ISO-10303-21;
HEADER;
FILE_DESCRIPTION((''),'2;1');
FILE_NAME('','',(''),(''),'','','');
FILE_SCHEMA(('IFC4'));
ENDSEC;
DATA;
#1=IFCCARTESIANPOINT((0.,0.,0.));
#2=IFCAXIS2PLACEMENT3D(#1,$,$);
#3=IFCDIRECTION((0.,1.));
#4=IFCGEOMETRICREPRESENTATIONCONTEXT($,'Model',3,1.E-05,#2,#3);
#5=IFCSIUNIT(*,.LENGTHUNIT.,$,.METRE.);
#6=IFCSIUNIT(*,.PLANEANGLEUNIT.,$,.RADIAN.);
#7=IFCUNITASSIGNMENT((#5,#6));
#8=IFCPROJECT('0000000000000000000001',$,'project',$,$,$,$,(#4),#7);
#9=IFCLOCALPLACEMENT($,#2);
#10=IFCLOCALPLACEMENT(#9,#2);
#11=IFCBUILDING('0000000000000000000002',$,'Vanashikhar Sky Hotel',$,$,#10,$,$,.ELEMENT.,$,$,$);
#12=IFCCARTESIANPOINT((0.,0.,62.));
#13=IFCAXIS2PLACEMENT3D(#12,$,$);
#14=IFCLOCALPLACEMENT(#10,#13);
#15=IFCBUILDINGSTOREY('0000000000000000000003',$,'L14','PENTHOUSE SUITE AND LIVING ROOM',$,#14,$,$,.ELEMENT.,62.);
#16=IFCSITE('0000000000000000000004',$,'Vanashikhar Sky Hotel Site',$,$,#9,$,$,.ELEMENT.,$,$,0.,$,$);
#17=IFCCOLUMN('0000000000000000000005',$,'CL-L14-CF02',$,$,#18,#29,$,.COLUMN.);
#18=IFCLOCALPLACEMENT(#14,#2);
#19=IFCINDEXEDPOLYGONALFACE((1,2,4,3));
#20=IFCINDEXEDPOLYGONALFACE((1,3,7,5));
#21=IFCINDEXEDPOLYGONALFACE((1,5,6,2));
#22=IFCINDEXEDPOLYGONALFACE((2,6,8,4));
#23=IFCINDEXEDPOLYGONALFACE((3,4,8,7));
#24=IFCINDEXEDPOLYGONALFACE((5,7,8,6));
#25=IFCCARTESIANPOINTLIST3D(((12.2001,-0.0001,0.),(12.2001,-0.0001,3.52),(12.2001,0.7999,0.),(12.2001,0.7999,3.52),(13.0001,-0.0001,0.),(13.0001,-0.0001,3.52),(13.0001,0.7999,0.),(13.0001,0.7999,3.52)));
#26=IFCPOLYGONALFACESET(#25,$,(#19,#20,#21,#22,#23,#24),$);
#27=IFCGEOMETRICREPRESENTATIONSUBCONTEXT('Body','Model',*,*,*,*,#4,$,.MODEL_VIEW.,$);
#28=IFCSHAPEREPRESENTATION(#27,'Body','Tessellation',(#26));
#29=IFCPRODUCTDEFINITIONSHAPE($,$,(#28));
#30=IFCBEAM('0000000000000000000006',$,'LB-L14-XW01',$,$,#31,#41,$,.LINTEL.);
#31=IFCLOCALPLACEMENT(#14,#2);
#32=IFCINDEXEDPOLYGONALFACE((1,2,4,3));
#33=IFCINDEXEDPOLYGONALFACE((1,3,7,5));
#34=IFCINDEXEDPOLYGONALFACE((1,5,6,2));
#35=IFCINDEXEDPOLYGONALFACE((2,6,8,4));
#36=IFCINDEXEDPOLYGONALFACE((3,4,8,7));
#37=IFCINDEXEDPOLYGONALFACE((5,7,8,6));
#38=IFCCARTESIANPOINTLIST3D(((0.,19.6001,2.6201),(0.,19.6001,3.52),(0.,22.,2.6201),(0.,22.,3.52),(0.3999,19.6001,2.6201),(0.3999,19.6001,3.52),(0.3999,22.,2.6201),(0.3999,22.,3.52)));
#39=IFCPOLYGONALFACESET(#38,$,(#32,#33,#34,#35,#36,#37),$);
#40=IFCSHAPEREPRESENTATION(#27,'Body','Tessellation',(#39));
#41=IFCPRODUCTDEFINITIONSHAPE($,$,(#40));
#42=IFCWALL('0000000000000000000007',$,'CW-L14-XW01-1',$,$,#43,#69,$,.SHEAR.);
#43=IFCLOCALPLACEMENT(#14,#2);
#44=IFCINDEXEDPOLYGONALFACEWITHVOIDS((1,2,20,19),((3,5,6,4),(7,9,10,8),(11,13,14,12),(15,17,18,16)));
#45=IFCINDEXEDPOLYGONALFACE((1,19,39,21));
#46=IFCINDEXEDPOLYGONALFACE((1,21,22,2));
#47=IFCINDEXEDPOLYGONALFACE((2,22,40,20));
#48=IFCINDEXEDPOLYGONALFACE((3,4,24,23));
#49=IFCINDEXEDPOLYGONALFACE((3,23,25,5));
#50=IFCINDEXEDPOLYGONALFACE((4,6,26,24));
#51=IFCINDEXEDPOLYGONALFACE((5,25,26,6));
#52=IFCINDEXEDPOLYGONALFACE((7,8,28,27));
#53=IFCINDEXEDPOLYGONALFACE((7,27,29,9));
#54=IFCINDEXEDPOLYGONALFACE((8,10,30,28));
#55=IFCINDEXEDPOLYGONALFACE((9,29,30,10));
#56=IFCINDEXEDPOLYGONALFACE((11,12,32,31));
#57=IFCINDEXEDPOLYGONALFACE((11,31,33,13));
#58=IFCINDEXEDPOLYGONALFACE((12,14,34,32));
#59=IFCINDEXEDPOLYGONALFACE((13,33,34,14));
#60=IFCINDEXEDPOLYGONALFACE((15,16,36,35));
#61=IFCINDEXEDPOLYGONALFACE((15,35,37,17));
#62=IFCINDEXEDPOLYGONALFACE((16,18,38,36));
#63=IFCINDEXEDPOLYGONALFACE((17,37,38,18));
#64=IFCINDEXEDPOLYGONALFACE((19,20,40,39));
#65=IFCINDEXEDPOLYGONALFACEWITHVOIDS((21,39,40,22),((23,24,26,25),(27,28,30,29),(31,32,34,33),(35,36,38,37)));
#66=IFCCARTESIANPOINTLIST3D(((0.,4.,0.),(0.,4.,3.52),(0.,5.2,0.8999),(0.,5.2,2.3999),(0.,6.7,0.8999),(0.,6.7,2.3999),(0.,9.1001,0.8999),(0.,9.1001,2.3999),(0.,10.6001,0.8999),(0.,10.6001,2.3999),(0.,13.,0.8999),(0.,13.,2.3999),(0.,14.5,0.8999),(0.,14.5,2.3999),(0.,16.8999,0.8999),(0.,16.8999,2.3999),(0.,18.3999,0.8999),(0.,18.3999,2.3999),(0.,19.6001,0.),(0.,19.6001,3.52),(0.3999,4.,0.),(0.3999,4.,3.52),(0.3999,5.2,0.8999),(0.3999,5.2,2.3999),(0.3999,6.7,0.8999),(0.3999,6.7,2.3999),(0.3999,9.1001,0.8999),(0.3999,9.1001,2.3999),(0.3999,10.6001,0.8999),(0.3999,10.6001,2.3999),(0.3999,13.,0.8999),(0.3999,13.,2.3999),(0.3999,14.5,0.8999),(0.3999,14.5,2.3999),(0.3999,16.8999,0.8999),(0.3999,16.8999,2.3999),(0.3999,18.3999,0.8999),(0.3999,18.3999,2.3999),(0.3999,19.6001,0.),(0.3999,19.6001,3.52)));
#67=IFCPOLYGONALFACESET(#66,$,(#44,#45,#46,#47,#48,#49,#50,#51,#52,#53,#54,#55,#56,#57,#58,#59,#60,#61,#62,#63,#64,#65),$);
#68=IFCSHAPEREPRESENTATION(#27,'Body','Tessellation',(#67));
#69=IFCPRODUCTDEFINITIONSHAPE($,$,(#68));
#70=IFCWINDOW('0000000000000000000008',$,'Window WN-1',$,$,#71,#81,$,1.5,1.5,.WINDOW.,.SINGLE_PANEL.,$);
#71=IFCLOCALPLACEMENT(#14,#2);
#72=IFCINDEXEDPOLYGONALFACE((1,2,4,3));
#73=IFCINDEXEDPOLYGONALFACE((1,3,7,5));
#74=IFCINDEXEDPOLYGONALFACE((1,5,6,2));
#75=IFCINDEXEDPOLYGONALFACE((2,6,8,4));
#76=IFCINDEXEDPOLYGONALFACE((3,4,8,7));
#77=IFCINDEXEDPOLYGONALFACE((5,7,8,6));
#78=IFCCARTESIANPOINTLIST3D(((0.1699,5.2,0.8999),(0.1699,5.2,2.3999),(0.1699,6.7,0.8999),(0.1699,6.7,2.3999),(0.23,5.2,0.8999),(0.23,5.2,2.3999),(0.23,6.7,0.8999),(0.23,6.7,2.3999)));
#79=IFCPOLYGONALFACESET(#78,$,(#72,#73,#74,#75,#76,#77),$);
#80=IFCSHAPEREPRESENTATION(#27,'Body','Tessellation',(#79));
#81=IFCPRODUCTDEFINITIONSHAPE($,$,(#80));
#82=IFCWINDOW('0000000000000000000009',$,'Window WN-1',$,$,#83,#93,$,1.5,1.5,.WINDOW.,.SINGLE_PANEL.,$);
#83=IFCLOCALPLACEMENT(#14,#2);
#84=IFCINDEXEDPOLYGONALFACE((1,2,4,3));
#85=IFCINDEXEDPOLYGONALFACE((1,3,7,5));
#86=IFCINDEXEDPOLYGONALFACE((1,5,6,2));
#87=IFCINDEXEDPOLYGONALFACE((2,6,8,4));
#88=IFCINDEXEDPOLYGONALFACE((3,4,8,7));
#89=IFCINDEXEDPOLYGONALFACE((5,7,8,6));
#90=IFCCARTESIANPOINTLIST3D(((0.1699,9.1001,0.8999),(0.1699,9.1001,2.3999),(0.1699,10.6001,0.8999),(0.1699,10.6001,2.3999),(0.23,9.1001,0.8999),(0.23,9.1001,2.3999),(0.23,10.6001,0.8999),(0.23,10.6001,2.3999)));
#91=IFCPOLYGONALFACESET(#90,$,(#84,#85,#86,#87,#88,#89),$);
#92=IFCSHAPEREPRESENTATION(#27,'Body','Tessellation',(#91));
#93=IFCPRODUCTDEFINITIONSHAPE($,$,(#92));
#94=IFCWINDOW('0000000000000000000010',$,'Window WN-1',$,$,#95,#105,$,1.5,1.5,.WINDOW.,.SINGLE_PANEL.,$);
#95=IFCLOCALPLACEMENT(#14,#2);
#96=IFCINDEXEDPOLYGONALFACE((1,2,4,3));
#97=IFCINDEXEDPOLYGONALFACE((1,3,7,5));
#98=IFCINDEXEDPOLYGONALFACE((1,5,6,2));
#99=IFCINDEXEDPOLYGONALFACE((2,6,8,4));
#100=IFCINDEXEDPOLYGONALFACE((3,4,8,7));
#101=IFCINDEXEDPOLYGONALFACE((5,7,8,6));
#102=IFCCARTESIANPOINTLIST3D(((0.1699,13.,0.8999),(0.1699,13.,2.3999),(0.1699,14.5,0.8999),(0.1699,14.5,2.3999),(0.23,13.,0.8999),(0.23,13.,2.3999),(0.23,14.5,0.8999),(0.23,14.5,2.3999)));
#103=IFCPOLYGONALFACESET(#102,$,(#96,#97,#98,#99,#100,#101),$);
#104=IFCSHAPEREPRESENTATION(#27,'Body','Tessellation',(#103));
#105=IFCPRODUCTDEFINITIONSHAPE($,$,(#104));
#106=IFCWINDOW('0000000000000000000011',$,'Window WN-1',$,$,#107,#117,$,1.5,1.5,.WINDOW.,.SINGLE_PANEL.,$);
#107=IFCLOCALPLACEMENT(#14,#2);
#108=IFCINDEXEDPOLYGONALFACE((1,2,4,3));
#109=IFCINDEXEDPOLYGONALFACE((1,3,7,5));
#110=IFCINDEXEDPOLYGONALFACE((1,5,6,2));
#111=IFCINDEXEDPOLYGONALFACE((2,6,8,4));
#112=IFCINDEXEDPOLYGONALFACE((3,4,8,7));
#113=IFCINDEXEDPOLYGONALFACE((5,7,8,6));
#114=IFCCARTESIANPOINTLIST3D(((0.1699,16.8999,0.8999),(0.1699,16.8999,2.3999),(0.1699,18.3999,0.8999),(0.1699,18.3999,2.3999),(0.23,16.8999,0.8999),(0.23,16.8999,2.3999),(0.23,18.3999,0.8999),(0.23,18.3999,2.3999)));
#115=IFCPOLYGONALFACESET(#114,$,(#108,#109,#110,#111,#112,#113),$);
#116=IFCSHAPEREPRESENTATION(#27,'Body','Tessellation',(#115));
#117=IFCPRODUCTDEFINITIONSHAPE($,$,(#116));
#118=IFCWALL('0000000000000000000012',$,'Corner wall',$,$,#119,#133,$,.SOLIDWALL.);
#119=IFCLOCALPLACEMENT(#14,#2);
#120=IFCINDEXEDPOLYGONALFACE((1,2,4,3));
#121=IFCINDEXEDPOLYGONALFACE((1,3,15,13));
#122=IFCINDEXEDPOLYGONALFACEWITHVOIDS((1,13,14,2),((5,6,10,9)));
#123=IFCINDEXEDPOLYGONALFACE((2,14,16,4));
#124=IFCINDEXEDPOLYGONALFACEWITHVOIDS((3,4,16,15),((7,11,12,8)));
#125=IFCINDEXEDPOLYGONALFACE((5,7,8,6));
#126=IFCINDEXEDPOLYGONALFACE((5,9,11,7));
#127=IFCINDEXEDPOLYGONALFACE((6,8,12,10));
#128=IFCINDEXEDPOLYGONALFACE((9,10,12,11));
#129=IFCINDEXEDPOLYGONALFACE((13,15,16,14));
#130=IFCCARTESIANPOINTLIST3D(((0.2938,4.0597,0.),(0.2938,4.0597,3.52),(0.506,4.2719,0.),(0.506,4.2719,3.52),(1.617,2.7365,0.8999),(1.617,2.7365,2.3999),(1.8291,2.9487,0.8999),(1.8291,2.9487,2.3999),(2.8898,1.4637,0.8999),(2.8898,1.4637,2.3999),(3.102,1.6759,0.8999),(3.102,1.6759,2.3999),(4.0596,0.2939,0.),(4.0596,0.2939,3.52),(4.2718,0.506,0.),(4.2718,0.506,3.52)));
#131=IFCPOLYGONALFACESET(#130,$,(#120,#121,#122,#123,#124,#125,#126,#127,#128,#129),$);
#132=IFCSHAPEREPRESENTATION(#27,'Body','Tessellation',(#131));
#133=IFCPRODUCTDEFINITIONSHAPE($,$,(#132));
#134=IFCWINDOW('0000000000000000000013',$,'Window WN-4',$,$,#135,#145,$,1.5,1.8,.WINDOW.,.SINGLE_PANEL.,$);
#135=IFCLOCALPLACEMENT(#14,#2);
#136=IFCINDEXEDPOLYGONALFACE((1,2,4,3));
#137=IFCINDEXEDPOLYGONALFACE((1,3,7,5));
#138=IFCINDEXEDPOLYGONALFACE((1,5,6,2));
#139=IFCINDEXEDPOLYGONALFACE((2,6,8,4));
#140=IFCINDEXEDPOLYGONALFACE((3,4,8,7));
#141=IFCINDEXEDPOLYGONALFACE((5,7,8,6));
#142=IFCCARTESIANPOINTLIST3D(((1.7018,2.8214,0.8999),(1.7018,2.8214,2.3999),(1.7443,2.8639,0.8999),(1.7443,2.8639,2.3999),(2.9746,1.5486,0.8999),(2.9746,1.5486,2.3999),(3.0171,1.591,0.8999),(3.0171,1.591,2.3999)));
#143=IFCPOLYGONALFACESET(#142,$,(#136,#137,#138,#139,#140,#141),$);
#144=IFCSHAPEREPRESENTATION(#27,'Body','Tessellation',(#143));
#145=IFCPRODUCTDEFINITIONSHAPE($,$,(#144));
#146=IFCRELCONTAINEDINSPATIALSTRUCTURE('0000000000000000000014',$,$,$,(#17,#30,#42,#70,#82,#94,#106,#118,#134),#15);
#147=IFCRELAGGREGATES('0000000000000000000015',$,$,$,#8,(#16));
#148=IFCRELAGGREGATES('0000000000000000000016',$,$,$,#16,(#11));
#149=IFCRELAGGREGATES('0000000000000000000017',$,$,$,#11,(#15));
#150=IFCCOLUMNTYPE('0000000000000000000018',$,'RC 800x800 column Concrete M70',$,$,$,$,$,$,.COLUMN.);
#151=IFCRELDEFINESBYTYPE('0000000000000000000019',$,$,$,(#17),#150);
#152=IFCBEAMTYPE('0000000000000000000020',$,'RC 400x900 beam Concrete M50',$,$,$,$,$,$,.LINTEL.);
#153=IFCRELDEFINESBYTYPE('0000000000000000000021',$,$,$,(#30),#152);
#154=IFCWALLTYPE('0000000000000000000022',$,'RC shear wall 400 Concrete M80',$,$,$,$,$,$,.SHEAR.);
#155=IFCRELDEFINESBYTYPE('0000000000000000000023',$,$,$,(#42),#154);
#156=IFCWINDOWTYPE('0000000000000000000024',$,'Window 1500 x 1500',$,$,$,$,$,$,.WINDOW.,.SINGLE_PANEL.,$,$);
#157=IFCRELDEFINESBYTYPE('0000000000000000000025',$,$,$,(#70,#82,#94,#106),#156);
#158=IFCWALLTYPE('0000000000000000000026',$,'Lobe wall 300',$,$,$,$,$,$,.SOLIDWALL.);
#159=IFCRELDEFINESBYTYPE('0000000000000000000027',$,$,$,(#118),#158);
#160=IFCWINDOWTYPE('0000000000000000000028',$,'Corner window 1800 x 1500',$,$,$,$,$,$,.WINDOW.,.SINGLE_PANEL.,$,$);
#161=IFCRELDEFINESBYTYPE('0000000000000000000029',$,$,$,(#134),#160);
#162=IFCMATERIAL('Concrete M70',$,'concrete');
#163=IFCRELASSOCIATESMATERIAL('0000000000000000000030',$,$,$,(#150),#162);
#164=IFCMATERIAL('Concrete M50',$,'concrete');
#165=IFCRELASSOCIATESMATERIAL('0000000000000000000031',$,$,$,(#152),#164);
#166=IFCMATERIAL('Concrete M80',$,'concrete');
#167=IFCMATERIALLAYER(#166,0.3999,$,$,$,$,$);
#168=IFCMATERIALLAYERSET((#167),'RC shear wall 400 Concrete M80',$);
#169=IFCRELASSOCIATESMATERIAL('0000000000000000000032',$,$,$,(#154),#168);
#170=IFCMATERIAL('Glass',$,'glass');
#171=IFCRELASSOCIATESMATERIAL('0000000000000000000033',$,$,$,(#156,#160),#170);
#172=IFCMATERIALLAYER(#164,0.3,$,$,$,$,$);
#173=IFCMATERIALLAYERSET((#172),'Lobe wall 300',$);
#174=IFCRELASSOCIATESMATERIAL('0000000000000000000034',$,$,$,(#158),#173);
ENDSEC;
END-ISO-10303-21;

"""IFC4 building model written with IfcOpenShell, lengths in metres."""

from ifc_helpers import new_model, si_unit, direction, frame, frame_2d, origin, origin_2d, place, context, subcontext, project, spatial, rectangle, extrude, source, transform, mapped, material, layer, layer_set, material_profile, profile_set, type_object, element, fill, save


model = new_model("IFC4")

# Units and contexts
model_context = context("Model", 3, precision=1e-05, world=origin(), true_north=direction((0.0, 1.0)))
body_context = subcontext(model_context, "Body", "Model", "MODEL_VIEW")
ifc_project = project(units=[si_unit("LENGTHUNIT", "METRE"), si_unit("PLANEANGLEUNIT", "RADIAN")], contexts=[model_context])

# Site, building, storey
site_placement = place(None, origin())
site = spatial("IfcSite", under=ifc_project, at=site_placement, Name="Vanashikhar Sky Hotel Site", CompositionType="ELEMENT", RefElevation=0.0)
building_placement = place(site_placement, origin())
building = spatial("IfcBuilding", under=site, at=building_placement, Name="Vanashikhar Sky Hotel", CompositionType="ELEMENT")
storey_placement = place(building_placement, frame((0.0, 0.0, 62.0)))
storey = spatial("IfcBuildingStorey", under=building, at=storey_placement, Name="L14", Description="PENTHOUSE SUITE AND LIVING ROOM", CompositionType="ELEMENT", Elevation=62.0)

# Column
ifc_material_1 = material(Name="Concrete M70", Category="concrete")
ifc_material_profile_1 = material_profile(ifc_material_1, rectangle(XDim=0.8, YDim=0.8, at=origin_2d()))
ifc_profile_set_1 = profile_set([ifc_material_profile_1], Name="RC 800x800 column Concrete M70")
column_type = type_object("IfcColumnType", Name="RC 800x800 column Concrete M70", PredefinedType="COLUMN", material=ifc_profile_set_1)
shared_shape_1 = source(origin(), body_context, "Body", "SweptSolid", [
    extrude(rectangle(XDim=0.8, YDim=0.8, at=origin_2d()), origin(), (0.0, 0.0, 1.0), 3.52),
])
column_placement = place(storey_placement, frame((12.6001, 0.3999, 0.0), z_axis=(0.0, 0.0, 1.0), x_axis=(1.0, 0.0, 0.0)))
element("IfcColumn", 1, at=column_placement, inside=storey, type_object=column_type, Name="CL-L14-CF02", PredefinedType="COLUMN", context=body_context, shape_type="MappedRepresentation", body=[
    mapped(shared_shape_1, transform((0.0, 0.0, 0.0), scale=1.0)),
])

# Beam
ifc_material_2 = material(Name="Concrete M50", Category="concrete")
ifc_material_profile_2 = material_profile(ifc_material_2, rectangle(XDim=0.3999, YDim=0.8999, at=origin_2d()))
ifc_profile_set_2 = profile_set([ifc_material_profile_2], Name="RC 400x900 beam Concrete M50")
beam_type = type_object("IfcBeamType", Name="RC 400x900 beam Concrete M50", PredefinedType="LINTEL", material=ifc_profile_set_2)
shared_shape_2 = source(origin(), body_context, "Body", "SweptSolid", [
    extrude(rectangle(XDim=0.3999, YDim=0.8999, at=origin_2d()), origin(), (0.0, 0.0, 1.0), 2.3999),
])
beam_placement = place(storey_placement, frame((0.2, 19.6001, 3.0701), z_axis=(0.0, 1.0, 0.0), x_axis=(-1.0, 0.0, 0.0)))
element("IfcBeam", 2, at=beam_placement, inside=storey, type_object=beam_type, Name="LB-L14-XW01", PredefinedType="LINTEL", context=body_context, shape_type="MappedRepresentation", body=[
    mapped(shared_shape_2, transform((0.0, 0.0, 0.0), scale=1.0)),
])

# Wall, openings, windows
ifc_material_3 = material(Name="Concrete M80", Category="concrete")
ifc_layer_1 = layer(ifc_material_3, 0.3999)
ifc_layer_set_1 = layer_set([ifc_layer_1], Name="RC shear wall 400 Concrete M80")
wall_type_1 = type_object("IfcWallType", Name="RC shear wall 400 Concrete M80", PredefinedType="SHEAR", material=ifc_layer_set_1)
shared_shape_3 = source(origin(), body_context, "Body", "SweptSolid", [
    extrude(rectangle(XDim=15.6001, YDim=0.3999, at=frame_2d((7.8, 0.0))), origin(), (0.0, 0.0, 1.0), 3.52),
])
wall_1_placement = place(storey_placement, frame((0.2, 4.0, 0.0), z_axis=(0.0, 0.0, 1.0), x_axis=(0.0, 1.0, 0.0)))
wall_1 = element("IfcWall", 3, at=wall_1_placement, inside=storey, type_object=wall_type_1, Name="CW-L14-XW01-1", PredefinedType="SHEAR", context=body_context, shape_type="MappedRepresentation", body=[
    mapped(shared_shape_3, transform((0.0, 0.0, 0.0), scale=1.0)),
])
shared_shape_4 = source(origin(), body_context, "Body", "SweptSolid", [
    extrude(rectangle(XDim=1.5, YDim=1.5, at=frame_2d((0.75, 0.75))), frame((0.0, 0.21, 0.0), z_axis=(0.0, -1.0, 0.0), x_axis=(1.0, 0.0, 0.0)), (0.0, 0.0, 1.0), 0.4199),
])
opening_1_placement = place(wall_1_placement, frame((1.2, 0.0, 0.8999)))
opening_1 = element("IfcOpeningElement", 4, at=opening_1_placement, cuts=wall_1, PredefinedType="OPENING", context=body_context, shape_type="MappedRepresentation", body=[
    mapped(shared_shape_4, transform((0.0, 0.0, 0.0), scale=1.0)),
])
opening_2_placement = place(wall_1_placement, frame((5.1001, 0.0, 0.8999)))
opening_2 = element("IfcOpeningElement", 5, at=opening_2_placement, cuts=wall_1, PredefinedType="OPENING", context=body_context, shape_type="MappedRepresentation", body=[
    mapped(shared_shape_4, transform((0.0, 0.0, 0.0), scale=1.0)),
])
opening_3_placement = place(wall_1_placement, frame((9.0, 0.0, 0.8999)))
opening_3 = element("IfcOpeningElement", 6, at=opening_3_placement, cuts=wall_1, PredefinedType="OPENING", context=body_context, shape_type="MappedRepresentation", body=[
    mapped(shared_shape_4, transform((0.0, 0.0, 0.0), scale=1.0)),
])
opening_4_placement = place(wall_1_placement, frame((12.8999, 0.0, 0.8999)))
opening_4 = element("IfcOpeningElement", 7, at=opening_4_placement, cuts=wall_1, PredefinedType="OPENING", context=body_context, shape_type="MappedRepresentation", body=[
    mapped(shared_shape_4, transform((0.0, 0.0, 0.0), scale=1.0)),
])
ifc_material_4 = material(Name="Glass", Category="glass")
window_type_1 = type_object("IfcWindowType", Name="Window 1500 x 1500", PartitioningType="SINGLE_PANEL", PredefinedType="WINDOW", material=ifc_material_4)
shared_shape_5 = source(origin(), body_context, "Body", "SweptSolid", [
    extrude(rectangle(XDim=1.5, YDim=1.5, at=frame_2d((0.75, 0.75))), frame((0.0, 0.03, 0.0), z_axis=(0.0, -1.0, 0.0), x_axis=(1.0, 0.0, 0.0)), (0.0, 0.0, 1.0), 0.0601),
])
window_1_placement = place(opening_1_placement, origin())
window_1 = element("IfcWindow", 8, at=window_1_placement, inside=storey, type_object=window_type_1, Name="Window WN-1", OverallHeight=1.5, OverallWidth=1.5, PartitioningType="SINGLE_PANEL", PredefinedType="WINDOW", context=body_context, shape_type="MappedRepresentation", body=[
    mapped(shared_shape_5, transform((0.0, 0.0, 0.0), scale=1.0)),
])
fill(opening_1, window_1)
window_2_placement = place(opening_2_placement, origin())
window_2 = element("IfcWindow", 9, at=window_2_placement, inside=storey, type_object=window_type_1, Name="Window WN-1", OverallHeight=1.5, OverallWidth=1.5, PartitioningType="SINGLE_PANEL", PredefinedType="WINDOW", context=body_context, shape_type="MappedRepresentation", body=[
    mapped(shared_shape_5, transform((0.0, 0.0, 0.0), scale=1.0)),
])
fill(opening_2, window_2)
window_3_placement = place(opening_3_placement, origin())
window_3 = element("IfcWindow", 10, at=window_3_placement, inside=storey, type_object=window_type_1, Name="Window WN-1", OverallHeight=1.5, OverallWidth=1.5, PartitioningType="SINGLE_PANEL", PredefinedType="WINDOW", context=body_context, shape_type="MappedRepresentation", body=[
    mapped(shared_shape_5, transform((0.0, 0.0, 0.0), scale=1.0)),
])
fill(opening_3, window_3)
window_4_placement = place(opening_4_placement, origin())
window_4 = element("IfcWindow", 11, at=window_4_placement, inside=storey, type_object=window_type_1, Name="Window WN-1", OverallHeight=1.5, OverallWidth=1.5, PartitioningType="SINGLE_PANEL", PredefinedType="WINDOW", context=body_context, shape_type="MappedRepresentation", body=[
    mapped(shared_shape_5, transform((0.0, 0.0, 0.0), scale=1.0)),
])
fill(opening_4, window_4)

# Wall, opening, window
ifc_layer_2 = layer(ifc_material_2, 0.3)
ifc_layer_set_2 = layer_set([ifc_layer_2], Name="Lobe wall 300")
wall_type_2 = type_object("IfcWallType", Name="Lobe wall 300", PredefinedType="SOLIDWALL", material=ifc_layer_set_2)
shared_shape_6 = source(origin(), body_context, "Body", "SweptSolid", [
    extrude(rectangle(XDim=5.3257, YDim=0.3, at=frame_2d((2.6628, 0.0))), origin(), (0.0, 0.0, 1.0), 3.52),
])
wall_2_placement = place(storey_placement, frame((0.3999, 4.1658, 0.0), z_axis=(0.0, 0.0, 1.0), x_axis=(0.707107, -0.707107, 0.0)))
wall_2 = element("IfcWall", 12, at=wall_2_placement, inside=storey, type_object=wall_type_2, Name="Corner wall", PredefinedType="SOLIDWALL", context=body_context, shape_type="MappedRepresentation", body=[
    mapped(shared_shape_6, transform((0.0, 0.0, 0.0), scale=1.0)),
])
shared_shape_7 = source(origin(), body_context, "Body", "SweptSolid", [
    extrude(rectangle(XDim=1.8, YDim=1.5, at=frame_2d((0.8999, 0.75))), frame((0.0, 0.1602, 0.0), z_axis=(0.0, -1.0, 0.0), x_axis=(1.0, 0.0, 0.0)), (0.0, 0.0, 1.0), 0.3201),
])
opening_5_placement = place(wall_2_placement, frame((1.8713, 0.0, 0.8999)))
opening_5 = element("IfcOpeningElement", 13, at=opening_5_placement, cuts=wall_2, PredefinedType="OPENING", context=body_context, shape_type="MappedRepresentation", body=[
    mapped(shared_shape_7, transform((0.0, 0.0, 0.0), scale=1.0)),
])
window_type_2 = type_object("IfcWindowType", Name="Corner window 1800 x 1500", PartitioningType="SINGLE_PANEL", PredefinedType="WINDOW", material=ifc_material_4)
shared_shape_8 = source(origin(), body_context, "Body", "SweptSolid", [
    extrude(rectangle(XDim=1.8, YDim=1.5, at=frame_2d((0.8999, 0.75))), frame((0.0, 0.03, 0.0), z_axis=(0.0, -1.0, 0.0), x_axis=(1.0, 0.0, 0.0)), (0.0, 0.0, 1.0), 0.0601),
])
window_5_placement = place(opening_5_placement, origin())
window_5 = element("IfcWindow", 14, at=window_5_placement, inside=storey, type_object=window_type_2, Name="Window WN-4", OverallHeight=1.5, OverallWidth=1.8, PartitioningType="SINGLE_PANEL", PredefinedType="WINDOW", context=body_context, shape_type="MappedRepresentation", body=[
    mapped(shared_shape_8, transform((0.0, 0.0, 0.0), scale=1.0)),
])
fill(opening_5, window_5)

save(model, "model.ifc")
